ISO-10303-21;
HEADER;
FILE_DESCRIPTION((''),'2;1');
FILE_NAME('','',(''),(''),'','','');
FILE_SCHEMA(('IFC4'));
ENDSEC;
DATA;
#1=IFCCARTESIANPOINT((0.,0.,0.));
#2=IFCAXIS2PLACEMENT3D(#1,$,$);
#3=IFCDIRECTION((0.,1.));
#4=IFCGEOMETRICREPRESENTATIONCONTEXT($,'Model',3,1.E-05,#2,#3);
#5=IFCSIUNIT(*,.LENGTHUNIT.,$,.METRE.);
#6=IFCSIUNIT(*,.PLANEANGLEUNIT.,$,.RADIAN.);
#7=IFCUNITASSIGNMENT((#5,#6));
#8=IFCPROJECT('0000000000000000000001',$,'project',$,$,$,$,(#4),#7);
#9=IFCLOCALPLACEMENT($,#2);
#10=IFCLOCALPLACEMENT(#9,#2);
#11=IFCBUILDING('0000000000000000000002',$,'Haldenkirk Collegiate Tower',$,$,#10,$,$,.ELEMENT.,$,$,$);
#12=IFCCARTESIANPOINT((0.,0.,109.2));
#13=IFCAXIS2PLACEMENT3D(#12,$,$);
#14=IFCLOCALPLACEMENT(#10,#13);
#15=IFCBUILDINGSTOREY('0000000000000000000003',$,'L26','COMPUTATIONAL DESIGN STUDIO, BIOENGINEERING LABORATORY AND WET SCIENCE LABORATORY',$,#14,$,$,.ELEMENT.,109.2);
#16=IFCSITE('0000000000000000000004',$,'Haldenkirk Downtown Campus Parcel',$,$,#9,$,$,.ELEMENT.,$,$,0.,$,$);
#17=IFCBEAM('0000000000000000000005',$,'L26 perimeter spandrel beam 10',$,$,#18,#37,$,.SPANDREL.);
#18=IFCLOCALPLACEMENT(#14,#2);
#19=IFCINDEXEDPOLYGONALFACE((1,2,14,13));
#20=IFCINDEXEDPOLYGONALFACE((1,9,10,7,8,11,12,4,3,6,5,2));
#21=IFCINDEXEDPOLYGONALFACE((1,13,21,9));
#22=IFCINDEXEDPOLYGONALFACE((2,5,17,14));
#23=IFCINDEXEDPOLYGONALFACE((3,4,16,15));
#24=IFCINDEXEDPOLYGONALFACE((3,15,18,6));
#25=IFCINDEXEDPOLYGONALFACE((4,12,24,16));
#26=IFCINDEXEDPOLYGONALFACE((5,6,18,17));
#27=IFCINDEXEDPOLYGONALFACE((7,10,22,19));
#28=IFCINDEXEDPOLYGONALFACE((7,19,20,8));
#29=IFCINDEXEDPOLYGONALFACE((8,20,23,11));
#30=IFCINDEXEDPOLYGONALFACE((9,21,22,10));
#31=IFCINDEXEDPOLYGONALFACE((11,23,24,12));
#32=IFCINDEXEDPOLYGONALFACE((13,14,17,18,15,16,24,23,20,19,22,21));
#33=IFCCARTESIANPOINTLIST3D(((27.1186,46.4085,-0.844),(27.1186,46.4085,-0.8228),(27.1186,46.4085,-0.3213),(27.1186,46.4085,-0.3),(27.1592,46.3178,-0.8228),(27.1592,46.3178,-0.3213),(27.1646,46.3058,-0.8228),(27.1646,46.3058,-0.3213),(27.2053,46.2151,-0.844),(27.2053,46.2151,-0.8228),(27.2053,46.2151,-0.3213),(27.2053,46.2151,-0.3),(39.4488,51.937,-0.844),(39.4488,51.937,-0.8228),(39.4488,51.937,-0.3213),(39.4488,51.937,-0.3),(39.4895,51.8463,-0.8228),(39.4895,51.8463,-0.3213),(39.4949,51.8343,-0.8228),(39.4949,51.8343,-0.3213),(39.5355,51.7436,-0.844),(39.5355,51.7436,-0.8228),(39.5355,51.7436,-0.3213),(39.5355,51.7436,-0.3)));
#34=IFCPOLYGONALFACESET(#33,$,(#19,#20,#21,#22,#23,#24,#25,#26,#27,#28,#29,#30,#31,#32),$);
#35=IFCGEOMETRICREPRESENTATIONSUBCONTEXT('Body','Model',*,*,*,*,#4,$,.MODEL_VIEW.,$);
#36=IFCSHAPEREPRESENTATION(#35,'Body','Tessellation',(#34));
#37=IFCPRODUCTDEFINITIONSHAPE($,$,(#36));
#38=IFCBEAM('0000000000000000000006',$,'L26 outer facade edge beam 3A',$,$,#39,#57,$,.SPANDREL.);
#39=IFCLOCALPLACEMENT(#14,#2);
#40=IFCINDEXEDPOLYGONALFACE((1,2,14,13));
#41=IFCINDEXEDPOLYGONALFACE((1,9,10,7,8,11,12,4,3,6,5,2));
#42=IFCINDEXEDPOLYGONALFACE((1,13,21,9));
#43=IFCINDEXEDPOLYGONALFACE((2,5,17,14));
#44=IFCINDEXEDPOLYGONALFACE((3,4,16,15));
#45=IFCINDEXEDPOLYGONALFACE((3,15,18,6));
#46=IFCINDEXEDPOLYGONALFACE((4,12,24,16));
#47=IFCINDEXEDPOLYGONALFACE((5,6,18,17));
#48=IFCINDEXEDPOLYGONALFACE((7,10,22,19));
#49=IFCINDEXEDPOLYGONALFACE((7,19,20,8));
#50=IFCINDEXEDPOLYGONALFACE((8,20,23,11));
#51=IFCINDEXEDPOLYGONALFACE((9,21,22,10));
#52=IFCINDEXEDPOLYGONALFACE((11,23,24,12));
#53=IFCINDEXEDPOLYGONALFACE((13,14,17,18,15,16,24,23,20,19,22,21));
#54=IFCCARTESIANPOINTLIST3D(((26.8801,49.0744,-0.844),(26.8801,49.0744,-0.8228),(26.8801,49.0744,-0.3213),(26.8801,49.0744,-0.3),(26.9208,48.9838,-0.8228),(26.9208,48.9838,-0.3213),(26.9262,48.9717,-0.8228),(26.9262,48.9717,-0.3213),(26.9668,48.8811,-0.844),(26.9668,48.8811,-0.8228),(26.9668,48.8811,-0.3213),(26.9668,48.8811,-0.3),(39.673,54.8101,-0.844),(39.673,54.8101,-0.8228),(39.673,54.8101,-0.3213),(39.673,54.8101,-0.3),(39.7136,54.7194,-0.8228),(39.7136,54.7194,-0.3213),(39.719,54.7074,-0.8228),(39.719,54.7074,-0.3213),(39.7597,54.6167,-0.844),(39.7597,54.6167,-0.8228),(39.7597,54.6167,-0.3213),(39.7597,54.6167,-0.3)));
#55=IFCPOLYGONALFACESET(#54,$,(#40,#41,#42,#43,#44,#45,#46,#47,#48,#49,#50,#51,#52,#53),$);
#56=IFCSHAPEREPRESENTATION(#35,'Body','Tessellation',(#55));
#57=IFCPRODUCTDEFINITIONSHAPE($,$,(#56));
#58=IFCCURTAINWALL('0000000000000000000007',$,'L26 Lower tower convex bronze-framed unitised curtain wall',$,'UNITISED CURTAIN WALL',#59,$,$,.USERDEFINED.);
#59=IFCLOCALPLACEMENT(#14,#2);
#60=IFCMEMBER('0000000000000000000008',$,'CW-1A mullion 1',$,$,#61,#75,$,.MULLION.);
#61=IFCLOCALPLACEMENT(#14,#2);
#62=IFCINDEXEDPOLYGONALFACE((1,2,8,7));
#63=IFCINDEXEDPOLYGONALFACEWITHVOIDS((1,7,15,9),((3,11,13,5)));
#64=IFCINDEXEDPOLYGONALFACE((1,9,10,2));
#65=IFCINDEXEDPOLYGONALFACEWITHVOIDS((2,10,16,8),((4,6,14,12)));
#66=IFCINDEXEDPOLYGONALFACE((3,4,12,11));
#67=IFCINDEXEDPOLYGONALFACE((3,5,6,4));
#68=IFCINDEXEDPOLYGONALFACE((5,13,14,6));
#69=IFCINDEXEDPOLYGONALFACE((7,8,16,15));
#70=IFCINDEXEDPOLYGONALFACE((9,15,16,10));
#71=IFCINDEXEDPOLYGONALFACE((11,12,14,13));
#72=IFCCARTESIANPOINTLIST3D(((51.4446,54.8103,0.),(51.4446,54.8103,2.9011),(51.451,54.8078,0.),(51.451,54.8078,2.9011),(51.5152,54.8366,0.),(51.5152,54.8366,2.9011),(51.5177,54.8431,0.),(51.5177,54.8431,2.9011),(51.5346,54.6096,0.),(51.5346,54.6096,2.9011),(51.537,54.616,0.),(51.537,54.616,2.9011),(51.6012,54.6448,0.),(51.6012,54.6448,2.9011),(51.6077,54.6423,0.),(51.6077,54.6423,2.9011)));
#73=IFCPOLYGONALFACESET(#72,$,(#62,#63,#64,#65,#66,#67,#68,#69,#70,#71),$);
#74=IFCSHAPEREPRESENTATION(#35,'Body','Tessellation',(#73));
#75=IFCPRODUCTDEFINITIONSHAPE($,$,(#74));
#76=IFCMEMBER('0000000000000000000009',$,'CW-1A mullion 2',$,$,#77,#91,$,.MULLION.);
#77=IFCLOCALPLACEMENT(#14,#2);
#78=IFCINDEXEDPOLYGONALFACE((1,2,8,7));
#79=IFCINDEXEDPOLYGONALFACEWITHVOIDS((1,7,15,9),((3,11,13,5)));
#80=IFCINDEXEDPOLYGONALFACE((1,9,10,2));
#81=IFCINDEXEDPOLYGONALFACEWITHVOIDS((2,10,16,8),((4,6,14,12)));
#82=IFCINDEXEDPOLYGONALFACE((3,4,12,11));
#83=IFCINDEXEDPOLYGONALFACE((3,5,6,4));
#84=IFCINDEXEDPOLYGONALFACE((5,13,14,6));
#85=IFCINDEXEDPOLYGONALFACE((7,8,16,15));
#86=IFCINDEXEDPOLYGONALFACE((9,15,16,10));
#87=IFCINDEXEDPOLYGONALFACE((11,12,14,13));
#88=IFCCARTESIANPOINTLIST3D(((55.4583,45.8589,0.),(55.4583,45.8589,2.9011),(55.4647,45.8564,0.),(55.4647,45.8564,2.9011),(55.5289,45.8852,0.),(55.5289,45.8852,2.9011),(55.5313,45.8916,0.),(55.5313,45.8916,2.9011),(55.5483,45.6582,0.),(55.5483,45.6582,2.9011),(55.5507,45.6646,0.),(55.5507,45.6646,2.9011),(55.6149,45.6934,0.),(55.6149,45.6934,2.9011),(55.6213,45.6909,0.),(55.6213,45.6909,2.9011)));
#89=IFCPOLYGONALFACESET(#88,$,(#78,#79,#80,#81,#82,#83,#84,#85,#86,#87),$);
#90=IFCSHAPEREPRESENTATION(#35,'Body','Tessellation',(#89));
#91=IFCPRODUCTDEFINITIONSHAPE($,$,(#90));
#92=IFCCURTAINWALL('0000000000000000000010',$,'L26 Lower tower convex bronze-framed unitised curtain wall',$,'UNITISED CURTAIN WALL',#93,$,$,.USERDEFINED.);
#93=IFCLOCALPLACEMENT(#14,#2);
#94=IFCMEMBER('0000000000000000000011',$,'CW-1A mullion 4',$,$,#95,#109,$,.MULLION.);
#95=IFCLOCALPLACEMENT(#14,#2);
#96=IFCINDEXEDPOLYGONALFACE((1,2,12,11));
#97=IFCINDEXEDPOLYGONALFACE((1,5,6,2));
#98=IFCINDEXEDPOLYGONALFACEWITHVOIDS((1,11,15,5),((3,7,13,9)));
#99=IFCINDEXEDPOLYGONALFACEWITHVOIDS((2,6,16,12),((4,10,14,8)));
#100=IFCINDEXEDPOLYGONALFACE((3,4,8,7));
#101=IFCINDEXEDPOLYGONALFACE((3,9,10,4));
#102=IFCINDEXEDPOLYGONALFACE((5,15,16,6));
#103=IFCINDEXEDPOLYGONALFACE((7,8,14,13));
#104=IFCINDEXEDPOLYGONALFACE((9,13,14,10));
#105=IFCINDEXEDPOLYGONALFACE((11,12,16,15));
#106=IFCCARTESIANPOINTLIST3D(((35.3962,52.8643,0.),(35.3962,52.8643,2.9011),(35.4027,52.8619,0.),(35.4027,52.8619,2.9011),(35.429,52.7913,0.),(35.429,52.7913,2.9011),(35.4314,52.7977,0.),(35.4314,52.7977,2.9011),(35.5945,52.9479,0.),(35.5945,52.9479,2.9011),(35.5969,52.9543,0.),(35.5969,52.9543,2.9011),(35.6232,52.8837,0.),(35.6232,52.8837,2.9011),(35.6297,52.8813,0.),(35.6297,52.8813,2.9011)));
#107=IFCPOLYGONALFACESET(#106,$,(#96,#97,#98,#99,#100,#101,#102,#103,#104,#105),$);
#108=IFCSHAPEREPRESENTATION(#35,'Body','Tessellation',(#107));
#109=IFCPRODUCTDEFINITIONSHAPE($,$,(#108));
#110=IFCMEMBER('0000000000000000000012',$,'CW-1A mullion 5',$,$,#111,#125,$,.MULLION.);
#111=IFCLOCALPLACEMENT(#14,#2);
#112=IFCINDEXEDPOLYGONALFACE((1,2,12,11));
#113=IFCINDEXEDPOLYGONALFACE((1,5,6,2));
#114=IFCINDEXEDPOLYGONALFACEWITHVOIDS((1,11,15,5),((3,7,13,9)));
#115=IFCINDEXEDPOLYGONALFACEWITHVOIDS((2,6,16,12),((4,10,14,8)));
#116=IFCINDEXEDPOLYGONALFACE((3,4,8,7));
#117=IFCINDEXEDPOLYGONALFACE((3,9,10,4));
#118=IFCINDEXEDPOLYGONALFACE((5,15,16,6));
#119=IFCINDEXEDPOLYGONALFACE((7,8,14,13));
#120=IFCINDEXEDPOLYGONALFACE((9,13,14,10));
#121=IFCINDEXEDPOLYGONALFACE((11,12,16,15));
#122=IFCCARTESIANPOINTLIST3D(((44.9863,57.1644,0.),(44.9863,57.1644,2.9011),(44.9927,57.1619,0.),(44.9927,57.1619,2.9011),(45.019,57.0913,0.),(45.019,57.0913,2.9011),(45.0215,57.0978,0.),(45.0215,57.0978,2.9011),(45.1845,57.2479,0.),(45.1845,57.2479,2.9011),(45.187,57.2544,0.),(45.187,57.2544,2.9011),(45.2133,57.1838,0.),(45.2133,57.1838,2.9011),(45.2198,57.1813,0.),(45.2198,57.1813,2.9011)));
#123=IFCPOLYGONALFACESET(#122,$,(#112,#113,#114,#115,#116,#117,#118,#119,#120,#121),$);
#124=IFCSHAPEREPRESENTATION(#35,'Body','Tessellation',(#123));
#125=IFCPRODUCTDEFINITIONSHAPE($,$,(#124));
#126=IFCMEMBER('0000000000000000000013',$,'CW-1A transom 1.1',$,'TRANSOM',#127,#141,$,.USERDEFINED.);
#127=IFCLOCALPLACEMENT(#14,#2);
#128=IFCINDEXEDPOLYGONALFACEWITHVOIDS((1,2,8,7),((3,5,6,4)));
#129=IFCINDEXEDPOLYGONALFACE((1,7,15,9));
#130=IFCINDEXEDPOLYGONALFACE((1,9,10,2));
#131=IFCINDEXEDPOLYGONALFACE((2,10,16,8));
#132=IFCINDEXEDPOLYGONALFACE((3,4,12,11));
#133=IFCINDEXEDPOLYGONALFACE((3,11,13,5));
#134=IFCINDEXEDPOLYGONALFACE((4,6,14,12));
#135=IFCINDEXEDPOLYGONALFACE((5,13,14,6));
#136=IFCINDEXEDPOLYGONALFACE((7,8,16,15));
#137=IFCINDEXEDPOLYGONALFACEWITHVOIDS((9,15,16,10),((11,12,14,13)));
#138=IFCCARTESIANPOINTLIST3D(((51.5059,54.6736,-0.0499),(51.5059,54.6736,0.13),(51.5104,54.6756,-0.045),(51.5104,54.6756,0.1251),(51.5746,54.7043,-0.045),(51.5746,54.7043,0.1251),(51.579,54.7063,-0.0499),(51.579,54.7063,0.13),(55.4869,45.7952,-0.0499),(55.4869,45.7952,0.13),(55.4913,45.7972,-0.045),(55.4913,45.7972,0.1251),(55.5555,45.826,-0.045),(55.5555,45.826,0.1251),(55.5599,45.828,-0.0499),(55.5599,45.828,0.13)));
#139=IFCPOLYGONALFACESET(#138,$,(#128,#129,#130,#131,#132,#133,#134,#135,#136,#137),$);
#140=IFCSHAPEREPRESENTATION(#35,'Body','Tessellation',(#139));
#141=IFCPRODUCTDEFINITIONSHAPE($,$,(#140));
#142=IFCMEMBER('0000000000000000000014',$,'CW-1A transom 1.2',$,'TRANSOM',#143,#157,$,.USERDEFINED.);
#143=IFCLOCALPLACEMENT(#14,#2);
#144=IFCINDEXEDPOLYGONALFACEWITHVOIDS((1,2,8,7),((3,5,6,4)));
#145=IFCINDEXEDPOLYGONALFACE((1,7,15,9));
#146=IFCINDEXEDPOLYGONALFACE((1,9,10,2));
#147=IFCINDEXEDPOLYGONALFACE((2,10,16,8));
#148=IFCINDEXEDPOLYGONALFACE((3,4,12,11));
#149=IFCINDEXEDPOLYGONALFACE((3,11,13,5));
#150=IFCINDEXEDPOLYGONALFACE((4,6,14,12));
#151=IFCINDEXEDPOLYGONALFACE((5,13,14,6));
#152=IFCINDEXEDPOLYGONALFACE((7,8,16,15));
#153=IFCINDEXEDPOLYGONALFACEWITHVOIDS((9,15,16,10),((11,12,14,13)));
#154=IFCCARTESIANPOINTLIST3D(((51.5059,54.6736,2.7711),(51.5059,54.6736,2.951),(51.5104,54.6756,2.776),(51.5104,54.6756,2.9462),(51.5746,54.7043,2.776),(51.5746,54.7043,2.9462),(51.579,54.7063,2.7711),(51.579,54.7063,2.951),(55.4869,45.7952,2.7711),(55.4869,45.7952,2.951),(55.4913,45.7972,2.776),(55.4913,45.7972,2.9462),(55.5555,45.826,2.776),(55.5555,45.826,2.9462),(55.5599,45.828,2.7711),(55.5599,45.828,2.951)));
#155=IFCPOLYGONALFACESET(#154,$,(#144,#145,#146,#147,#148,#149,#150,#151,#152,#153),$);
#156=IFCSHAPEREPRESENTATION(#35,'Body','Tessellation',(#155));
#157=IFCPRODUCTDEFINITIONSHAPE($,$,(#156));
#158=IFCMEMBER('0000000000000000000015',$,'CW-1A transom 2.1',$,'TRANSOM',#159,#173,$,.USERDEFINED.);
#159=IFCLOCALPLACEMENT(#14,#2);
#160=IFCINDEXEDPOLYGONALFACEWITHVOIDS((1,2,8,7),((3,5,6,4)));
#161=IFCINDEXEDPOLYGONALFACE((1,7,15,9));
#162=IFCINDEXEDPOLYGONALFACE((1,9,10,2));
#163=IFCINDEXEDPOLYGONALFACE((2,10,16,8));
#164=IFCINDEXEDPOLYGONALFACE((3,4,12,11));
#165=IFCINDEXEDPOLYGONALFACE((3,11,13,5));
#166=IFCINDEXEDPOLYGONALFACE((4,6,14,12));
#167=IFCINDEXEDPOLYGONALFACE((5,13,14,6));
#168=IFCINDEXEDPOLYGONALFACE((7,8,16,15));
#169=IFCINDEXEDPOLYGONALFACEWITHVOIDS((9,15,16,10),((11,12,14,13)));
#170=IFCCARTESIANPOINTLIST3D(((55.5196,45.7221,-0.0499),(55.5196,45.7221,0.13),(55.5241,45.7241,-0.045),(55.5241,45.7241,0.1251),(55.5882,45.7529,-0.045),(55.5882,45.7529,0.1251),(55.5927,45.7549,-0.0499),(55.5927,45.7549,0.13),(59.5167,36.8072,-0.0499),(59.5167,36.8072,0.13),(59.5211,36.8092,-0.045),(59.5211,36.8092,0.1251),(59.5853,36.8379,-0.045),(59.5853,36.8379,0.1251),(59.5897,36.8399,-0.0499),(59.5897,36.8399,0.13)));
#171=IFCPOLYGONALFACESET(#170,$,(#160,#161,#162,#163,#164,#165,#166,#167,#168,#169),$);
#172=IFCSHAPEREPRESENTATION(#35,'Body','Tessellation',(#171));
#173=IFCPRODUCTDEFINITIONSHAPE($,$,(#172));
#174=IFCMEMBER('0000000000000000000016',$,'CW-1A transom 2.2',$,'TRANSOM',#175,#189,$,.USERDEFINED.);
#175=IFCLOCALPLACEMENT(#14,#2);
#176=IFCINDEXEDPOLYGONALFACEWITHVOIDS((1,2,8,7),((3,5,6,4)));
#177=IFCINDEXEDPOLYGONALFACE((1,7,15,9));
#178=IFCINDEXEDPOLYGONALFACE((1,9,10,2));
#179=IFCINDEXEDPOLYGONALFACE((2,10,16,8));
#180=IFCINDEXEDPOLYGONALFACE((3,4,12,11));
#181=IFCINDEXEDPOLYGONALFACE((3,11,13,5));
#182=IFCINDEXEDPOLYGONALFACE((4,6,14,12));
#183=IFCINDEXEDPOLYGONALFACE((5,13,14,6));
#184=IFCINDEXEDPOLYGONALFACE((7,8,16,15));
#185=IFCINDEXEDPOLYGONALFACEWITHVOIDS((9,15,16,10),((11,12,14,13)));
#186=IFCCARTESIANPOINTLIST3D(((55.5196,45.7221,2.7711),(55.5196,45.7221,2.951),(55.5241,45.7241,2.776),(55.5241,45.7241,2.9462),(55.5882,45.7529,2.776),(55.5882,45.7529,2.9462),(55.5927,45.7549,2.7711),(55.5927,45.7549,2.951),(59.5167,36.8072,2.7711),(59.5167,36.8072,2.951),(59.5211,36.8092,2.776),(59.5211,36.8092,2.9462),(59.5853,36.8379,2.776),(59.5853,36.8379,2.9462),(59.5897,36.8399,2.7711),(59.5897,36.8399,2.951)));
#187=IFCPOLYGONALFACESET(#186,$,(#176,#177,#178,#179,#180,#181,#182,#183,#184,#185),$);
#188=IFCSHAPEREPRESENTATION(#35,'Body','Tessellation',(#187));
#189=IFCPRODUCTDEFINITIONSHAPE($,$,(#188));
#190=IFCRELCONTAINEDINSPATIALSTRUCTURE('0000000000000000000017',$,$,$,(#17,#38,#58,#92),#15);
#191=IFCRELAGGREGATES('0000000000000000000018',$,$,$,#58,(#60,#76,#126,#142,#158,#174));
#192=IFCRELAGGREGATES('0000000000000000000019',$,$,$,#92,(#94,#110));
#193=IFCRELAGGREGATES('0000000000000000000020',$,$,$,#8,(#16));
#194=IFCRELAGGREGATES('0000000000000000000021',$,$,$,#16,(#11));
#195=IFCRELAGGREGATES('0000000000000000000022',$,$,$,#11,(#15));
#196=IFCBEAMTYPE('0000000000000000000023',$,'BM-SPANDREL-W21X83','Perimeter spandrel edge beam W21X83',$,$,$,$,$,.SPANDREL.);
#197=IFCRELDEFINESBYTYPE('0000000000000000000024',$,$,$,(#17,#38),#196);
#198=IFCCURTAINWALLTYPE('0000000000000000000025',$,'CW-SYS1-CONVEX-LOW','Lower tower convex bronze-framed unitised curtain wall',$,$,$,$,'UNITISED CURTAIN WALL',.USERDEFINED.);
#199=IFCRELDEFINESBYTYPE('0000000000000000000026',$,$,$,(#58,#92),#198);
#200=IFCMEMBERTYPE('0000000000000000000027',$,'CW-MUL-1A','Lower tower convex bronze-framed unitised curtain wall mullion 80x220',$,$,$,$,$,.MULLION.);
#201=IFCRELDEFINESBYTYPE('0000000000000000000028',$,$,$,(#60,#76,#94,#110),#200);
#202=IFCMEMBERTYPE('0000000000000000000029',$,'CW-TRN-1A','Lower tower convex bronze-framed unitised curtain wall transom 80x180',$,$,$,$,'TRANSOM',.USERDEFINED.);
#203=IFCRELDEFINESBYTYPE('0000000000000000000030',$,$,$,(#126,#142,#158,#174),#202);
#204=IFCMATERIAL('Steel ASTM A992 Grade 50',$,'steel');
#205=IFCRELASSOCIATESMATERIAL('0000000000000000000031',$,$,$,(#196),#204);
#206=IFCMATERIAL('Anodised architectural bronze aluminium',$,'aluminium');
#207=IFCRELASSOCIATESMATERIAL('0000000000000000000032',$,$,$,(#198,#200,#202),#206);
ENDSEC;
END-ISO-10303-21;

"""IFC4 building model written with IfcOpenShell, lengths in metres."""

from ifc_helpers import new_model, si_unit, direction, frame, origin, origin_2d, place, context, subcontext, project, spatial, hollow_rectangle, i_section, extrude, material, material_profile, profile_set, type_object, element, aggregate, save


model = new_model("IFC4")

# Units and contexts
model_context = context("Model", 3, precision=1e-05, world=origin(), true_north=direction((0.0, 1.0)))
body_context = subcontext(model_context, "Body", "Model", "MODEL_VIEW")
ifc_project = project(units=[si_unit("LENGTHUNIT", "METRE"), si_unit("PLANEANGLEUNIT", "RADIAN")], contexts=[model_context])

# Site, building, storey
site_placement = place(None, origin())
site = spatial("IfcSite", under=ifc_project, at=site_placement, Name="Haldenkirk Downtown Campus Parcel", CompositionType="ELEMENT", RefElevation=0.0)
building_placement = place(site_placement, origin())
building = spatial("IfcBuilding", under=site, at=building_placement, Name="Haldenkirk Collegiate Tower", CompositionType="ELEMENT")
storey_placement = place(building_placement, frame((0.0, 0.0, 109.2)))
storey = spatial("IfcBuildingStorey", under=building, at=storey_placement, Name="L26", Description="COMPUTATIONAL DESIGN STUDIO, BIOENGINEERING LABORATORY AND WET SCIENCE LABORATORY", CompositionType="ELEMENT", Elevation=109.2)

# Beams
ifc_material_1 = material(Name="Steel ASTM A992 Grade 50", Category="steel")
ifc_material_profile_1 = material_profile(ifc_material_1, i_section(OverallWidth=0.2119, OverallDepth=0.5439, WebThickness=0.0132, FlangeThickness=0.0212, at=origin_2d()), Name="W21X83")
ifc_profile_set_1 = profile_set([ifc_material_profile_1], Name="Steel ASTM A992 Grade 50")
beam_type_1 = type_object("IfcBeamType", Name="BM-SPANDREL-W21X83", Description="Perimeter spandrel edge beam W21X83", PredefinedType="SPANDREL", material=ifc_profile_set_1)
beam_1_placement = place(storey_placement, frame((39.4922, 51.8403, -0.572), z_axis=(-0.912477, -0.409129, 0.0), x_axis=(0.409129, -0.912477, 0.0)))
element("IfcBeam", 1, at=beam_1_placement, inside=storey, type_object=beam_type_1, Name="L26 perimeter spandrel beam 10", PredefinedType="SPANDREL", context=body_context, shape_type="SweptSolid", body=[
    extrude(i_section(OverallWidth=0.2119, OverallDepth=0.5439, WebThickness=0.0132, FlangeThickness=0.0212, at=origin_2d()), origin(), (0.0, 0.0, 1.0), 13.5129),
])
beam_2_placement = place(storey_placement, frame((39.7163, 54.7134, -0.572), z_axis=(-0.912485, -0.409111, 0.0), x_axis=(0.409111, -0.912485, 0.0)))
element("IfcBeam", 2, at=beam_2_placement, inside=storey, type_object=beam_type_1, Name="L26 outer facade edge beam 3A", PredefinedType="SPANDREL", context=body_context, shape_type="SweptSolid", body=[
    extrude(i_section(OverallWidth=0.2119, OverallDepth=0.5439, WebThickness=0.0132, FlangeThickness=0.0212, at=origin_2d()), origin(), (0.0, 0.0, 1.0), 14.0198),
])

# Curtain walls, members
ifc_material_2 = material(Name="Anodised architectural bronze aluminium", Category="aluminium")
curtain_wall_type = type_object("IfcCurtainWallType", Name="CW-SYS1-CONVEX-LOW", Description="Lower tower convex bronze-framed unitised curtain wall", ElementType="UNITISED CURTAIN WALL", PredefinedType="USERDEFINED", material=ifc_material_2)
curtain_wall_1_placement = place(storey_placement, origin())
curtain_wall_1 = element("IfcCurtainWall", 3, at=curtain_wall_1_placement, inside=storey, type_object=curtain_wall_type, Name="L26 Lower tower convex bronze-framed unitised curtain wall", ObjectType="UNITISED CURTAIN WALL", PredefinedType="USERDEFINED")
ifc_material_profile_2 = material_profile(ifc_material_2, hollow_rectangle(XDim=0.0801, YDim=0.22, WallThickness=0.0049, at=origin_2d()), Name="CW-MUL-1A")
ifc_profile_set_2 = profile_set([ifc_material_profile_2], Name="Anodised architectural bronze aluminium")
member_type_1 = type_object("IfcMemberType", Name="CW-MUL-1A", Description="Lower tower convex bronze-framed unitised curtain wall mullion 80x220", PredefinedType="MULLION", material=ifc_profile_set_2)
member_1_placement = place(storey_placement, frame((51.5261, 54.7263, 0.0), z_axis=(0.0, 0.0, 1.0), x_axis=(0.912476, 0.409129, 0.0)))
member_1 = element("IfcMember", 4, at=member_1_placement, type_object=member_type_1, Name="CW-1A mullion 1", PredefinedType="MULLION", context=body_context, shape_type="SweptSolid", body=[
    extrude(hollow_rectangle(XDim=0.0801, YDim=0.22, WallThickness=0.0049, at=origin_2d()), origin(), (0.0, 0.0, 1.0), 2.9011),
])
member_2_placement = place(storey_placement, frame((55.5398, 45.7749, 0.0), z_axis=(0.0, 0.0, 1.0), x_axis=(0.912476, 0.409129, 0.0)))
member_2 = element("IfcMember", 5, at=member_2_placement, type_object=member_type_1, Name="CW-1A mullion 2", PredefinedType="MULLION", context=body_context, shape_type="SweptSolid", body=[
    extrude(hollow_rectangle(XDim=0.0801, YDim=0.22, WallThickness=0.0049, at=origin_2d()), origin(), (0.0, 0.0, 1.0), 2.9011),
])
curtain_wall_2_placement = place(storey_placement, origin())
curtain_wall_2 = element("IfcCurtainWall", 6, at=curtain_wall_2_placement, inside=storey, type_object=curtain_wall_type, Name="L26 Lower tower convex bronze-framed unitised curtain wall", ObjectType="UNITISED CURTAIN WALL", PredefinedType="USERDEFINED")
member_3_placement = place(storey_placement, frame((35.5129, 52.8728, 0.0), z_axis=(0.0, 0.0, 1.0), x_axis=(-0.409127, 0.912477, 0.0)))
member_3 = element("IfcMember", 7, at=member_3_placement, type_object=member_type_1, Name="CW-1A mullion 4", PredefinedType="MULLION", context=body_context, shape_type="SweptSolid", body=[
    extrude(hollow_rectangle(XDim=0.0801, YDim=0.22, WallThickness=0.0049, at=origin_2d()), origin(), (0.0, 0.0, 1.0), 2.9011),
])
member_4_placement = place(storey_placement, frame((45.103, 57.1729, 0.0), z_axis=(0.0, 0.0, 1.0), x_axis=(-0.409127, 0.912477, 0.0)))
member_4 = element("IfcMember", 8, at=member_4_placement, type_object=member_type_1, Name="CW-1A mullion 5", PredefinedType="MULLION", context=body_context, shape_type="SweptSolid", body=[
    extrude(hollow_rectangle(XDim=0.0801, YDim=0.22, WallThickness=0.0049, at=origin_2d()), origin(), (0.0, 0.0, 1.0), 2.9011),
])

# Members
ifc_material_profile_3 = material_profile(ifc_material_2, hollow_rectangle(XDim=0.0801, YDim=0.1799, WallThickness=0.0049, at=origin_2d()), Name="CW-TRN-1A")
ifc_profile_set_3 = profile_set([ifc_material_profile_3], Name="Anodised architectural bronze aluminium")
member_type_2 = type_object("IfcMemberType", Name="CW-TRN-1A", Description="Lower tower convex bronze-framed unitised curtain wall transom 80x180", ElementType="TRANSOM", PredefinedType="USERDEFINED", material=ifc_profile_set_3)
member_5_placement = place(storey_placement, frame((51.5425, 54.6899, 0.04), z_axis=(0.409139, -0.912472, 0.0), x_axis=(0.912472, 0.409139, 0.0)))
member_5 = element("IfcMember", 9, at=member_5_placement, type_object=member_type_2, Name="CW-1A transom 1.1", ObjectType="TRANSOM", PredefinedType="USERDEFINED", context=body_context, shape_type="SweptSolid", body=[
    extrude(hollow_rectangle(XDim=0.0801, YDim=0.1799, WallThickness=0.0049, at=origin_2d()), origin(), (0.0, 0.0, 1.0), 9.73),
])
member_6_placement = place(storey_placement, frame((51.5425, 54.6899, 2.8611), z_axis=(0.409139, -0.912472, 0.0), x_axis=(0.912472, 0.409139, 0.0)))
member_6 = element("IfcMember", 10, at=member_6_placement, type_object=member_type_2, Name="CW-1A transom 1.2", ObjectType="TRANSOM", PredefinedType="USERDEFINED", context=body_context, shape_type="SweptSolid", body=[
    extrude(hollow_rectangle(XDim=0.0801, YDim=0.1799, WallThickness=0.0049, at=origin_2d()), origin(), (0.0, 0.0, 1.0), 9.73),
])
member_7_placement = place(storey_placement, frame((55.5562, 45.7385, 0.04), z_axis=(0.409113, -0.912484, 0.0), x_axis=(0.912484, 0.409113, 0.0)))
member_7 = element("IfcMember", 11, at=member_7_placement, type_object=member_type_2, Name="CW-1A transom 2.1", ObjectType="TRANSOM", PredefinedType="USERDEFINED", context=body_context, shape_type="SweptSolid", body=[
    extrude(hollow_rectangle(XDim=0.0801, YDim=0.1799, WallThickness=0.0049, at=origin_2d()), origin(), (0.0, 0.0, 1.0), 9.77),
])
member_8_placement = place(storey_placement, frame((55.5562, 45.7385, 2.8611), z_axis=(0.409113, -0.912484, 0.0), x_axis=(0.912484, 0.409113, 0.0)))
member_8 = element("IfcMember", 12, at=member_8_placement, type_object=member_type_2, Name="CW-1A transom 2.2", ObjectType="TRANSOM", PredefinedType="USERDEFINED", context=body_context, shape_type="SweptSolid", body=[
    extrude(hollow_rectangle(XDim=0.0801, YDim=0.1799, WallThickness=0.0049, at=origin_2d()), origin(), (0.0, 0.0, 1.0), 9.77),
])

aggregate(curtain_wall_1, [member_1, member_2, member_5, member_6, member_7, member_8])
aggregate(curtain_wall_2, [member_3, member_4])

save(model, "model.ifc")
